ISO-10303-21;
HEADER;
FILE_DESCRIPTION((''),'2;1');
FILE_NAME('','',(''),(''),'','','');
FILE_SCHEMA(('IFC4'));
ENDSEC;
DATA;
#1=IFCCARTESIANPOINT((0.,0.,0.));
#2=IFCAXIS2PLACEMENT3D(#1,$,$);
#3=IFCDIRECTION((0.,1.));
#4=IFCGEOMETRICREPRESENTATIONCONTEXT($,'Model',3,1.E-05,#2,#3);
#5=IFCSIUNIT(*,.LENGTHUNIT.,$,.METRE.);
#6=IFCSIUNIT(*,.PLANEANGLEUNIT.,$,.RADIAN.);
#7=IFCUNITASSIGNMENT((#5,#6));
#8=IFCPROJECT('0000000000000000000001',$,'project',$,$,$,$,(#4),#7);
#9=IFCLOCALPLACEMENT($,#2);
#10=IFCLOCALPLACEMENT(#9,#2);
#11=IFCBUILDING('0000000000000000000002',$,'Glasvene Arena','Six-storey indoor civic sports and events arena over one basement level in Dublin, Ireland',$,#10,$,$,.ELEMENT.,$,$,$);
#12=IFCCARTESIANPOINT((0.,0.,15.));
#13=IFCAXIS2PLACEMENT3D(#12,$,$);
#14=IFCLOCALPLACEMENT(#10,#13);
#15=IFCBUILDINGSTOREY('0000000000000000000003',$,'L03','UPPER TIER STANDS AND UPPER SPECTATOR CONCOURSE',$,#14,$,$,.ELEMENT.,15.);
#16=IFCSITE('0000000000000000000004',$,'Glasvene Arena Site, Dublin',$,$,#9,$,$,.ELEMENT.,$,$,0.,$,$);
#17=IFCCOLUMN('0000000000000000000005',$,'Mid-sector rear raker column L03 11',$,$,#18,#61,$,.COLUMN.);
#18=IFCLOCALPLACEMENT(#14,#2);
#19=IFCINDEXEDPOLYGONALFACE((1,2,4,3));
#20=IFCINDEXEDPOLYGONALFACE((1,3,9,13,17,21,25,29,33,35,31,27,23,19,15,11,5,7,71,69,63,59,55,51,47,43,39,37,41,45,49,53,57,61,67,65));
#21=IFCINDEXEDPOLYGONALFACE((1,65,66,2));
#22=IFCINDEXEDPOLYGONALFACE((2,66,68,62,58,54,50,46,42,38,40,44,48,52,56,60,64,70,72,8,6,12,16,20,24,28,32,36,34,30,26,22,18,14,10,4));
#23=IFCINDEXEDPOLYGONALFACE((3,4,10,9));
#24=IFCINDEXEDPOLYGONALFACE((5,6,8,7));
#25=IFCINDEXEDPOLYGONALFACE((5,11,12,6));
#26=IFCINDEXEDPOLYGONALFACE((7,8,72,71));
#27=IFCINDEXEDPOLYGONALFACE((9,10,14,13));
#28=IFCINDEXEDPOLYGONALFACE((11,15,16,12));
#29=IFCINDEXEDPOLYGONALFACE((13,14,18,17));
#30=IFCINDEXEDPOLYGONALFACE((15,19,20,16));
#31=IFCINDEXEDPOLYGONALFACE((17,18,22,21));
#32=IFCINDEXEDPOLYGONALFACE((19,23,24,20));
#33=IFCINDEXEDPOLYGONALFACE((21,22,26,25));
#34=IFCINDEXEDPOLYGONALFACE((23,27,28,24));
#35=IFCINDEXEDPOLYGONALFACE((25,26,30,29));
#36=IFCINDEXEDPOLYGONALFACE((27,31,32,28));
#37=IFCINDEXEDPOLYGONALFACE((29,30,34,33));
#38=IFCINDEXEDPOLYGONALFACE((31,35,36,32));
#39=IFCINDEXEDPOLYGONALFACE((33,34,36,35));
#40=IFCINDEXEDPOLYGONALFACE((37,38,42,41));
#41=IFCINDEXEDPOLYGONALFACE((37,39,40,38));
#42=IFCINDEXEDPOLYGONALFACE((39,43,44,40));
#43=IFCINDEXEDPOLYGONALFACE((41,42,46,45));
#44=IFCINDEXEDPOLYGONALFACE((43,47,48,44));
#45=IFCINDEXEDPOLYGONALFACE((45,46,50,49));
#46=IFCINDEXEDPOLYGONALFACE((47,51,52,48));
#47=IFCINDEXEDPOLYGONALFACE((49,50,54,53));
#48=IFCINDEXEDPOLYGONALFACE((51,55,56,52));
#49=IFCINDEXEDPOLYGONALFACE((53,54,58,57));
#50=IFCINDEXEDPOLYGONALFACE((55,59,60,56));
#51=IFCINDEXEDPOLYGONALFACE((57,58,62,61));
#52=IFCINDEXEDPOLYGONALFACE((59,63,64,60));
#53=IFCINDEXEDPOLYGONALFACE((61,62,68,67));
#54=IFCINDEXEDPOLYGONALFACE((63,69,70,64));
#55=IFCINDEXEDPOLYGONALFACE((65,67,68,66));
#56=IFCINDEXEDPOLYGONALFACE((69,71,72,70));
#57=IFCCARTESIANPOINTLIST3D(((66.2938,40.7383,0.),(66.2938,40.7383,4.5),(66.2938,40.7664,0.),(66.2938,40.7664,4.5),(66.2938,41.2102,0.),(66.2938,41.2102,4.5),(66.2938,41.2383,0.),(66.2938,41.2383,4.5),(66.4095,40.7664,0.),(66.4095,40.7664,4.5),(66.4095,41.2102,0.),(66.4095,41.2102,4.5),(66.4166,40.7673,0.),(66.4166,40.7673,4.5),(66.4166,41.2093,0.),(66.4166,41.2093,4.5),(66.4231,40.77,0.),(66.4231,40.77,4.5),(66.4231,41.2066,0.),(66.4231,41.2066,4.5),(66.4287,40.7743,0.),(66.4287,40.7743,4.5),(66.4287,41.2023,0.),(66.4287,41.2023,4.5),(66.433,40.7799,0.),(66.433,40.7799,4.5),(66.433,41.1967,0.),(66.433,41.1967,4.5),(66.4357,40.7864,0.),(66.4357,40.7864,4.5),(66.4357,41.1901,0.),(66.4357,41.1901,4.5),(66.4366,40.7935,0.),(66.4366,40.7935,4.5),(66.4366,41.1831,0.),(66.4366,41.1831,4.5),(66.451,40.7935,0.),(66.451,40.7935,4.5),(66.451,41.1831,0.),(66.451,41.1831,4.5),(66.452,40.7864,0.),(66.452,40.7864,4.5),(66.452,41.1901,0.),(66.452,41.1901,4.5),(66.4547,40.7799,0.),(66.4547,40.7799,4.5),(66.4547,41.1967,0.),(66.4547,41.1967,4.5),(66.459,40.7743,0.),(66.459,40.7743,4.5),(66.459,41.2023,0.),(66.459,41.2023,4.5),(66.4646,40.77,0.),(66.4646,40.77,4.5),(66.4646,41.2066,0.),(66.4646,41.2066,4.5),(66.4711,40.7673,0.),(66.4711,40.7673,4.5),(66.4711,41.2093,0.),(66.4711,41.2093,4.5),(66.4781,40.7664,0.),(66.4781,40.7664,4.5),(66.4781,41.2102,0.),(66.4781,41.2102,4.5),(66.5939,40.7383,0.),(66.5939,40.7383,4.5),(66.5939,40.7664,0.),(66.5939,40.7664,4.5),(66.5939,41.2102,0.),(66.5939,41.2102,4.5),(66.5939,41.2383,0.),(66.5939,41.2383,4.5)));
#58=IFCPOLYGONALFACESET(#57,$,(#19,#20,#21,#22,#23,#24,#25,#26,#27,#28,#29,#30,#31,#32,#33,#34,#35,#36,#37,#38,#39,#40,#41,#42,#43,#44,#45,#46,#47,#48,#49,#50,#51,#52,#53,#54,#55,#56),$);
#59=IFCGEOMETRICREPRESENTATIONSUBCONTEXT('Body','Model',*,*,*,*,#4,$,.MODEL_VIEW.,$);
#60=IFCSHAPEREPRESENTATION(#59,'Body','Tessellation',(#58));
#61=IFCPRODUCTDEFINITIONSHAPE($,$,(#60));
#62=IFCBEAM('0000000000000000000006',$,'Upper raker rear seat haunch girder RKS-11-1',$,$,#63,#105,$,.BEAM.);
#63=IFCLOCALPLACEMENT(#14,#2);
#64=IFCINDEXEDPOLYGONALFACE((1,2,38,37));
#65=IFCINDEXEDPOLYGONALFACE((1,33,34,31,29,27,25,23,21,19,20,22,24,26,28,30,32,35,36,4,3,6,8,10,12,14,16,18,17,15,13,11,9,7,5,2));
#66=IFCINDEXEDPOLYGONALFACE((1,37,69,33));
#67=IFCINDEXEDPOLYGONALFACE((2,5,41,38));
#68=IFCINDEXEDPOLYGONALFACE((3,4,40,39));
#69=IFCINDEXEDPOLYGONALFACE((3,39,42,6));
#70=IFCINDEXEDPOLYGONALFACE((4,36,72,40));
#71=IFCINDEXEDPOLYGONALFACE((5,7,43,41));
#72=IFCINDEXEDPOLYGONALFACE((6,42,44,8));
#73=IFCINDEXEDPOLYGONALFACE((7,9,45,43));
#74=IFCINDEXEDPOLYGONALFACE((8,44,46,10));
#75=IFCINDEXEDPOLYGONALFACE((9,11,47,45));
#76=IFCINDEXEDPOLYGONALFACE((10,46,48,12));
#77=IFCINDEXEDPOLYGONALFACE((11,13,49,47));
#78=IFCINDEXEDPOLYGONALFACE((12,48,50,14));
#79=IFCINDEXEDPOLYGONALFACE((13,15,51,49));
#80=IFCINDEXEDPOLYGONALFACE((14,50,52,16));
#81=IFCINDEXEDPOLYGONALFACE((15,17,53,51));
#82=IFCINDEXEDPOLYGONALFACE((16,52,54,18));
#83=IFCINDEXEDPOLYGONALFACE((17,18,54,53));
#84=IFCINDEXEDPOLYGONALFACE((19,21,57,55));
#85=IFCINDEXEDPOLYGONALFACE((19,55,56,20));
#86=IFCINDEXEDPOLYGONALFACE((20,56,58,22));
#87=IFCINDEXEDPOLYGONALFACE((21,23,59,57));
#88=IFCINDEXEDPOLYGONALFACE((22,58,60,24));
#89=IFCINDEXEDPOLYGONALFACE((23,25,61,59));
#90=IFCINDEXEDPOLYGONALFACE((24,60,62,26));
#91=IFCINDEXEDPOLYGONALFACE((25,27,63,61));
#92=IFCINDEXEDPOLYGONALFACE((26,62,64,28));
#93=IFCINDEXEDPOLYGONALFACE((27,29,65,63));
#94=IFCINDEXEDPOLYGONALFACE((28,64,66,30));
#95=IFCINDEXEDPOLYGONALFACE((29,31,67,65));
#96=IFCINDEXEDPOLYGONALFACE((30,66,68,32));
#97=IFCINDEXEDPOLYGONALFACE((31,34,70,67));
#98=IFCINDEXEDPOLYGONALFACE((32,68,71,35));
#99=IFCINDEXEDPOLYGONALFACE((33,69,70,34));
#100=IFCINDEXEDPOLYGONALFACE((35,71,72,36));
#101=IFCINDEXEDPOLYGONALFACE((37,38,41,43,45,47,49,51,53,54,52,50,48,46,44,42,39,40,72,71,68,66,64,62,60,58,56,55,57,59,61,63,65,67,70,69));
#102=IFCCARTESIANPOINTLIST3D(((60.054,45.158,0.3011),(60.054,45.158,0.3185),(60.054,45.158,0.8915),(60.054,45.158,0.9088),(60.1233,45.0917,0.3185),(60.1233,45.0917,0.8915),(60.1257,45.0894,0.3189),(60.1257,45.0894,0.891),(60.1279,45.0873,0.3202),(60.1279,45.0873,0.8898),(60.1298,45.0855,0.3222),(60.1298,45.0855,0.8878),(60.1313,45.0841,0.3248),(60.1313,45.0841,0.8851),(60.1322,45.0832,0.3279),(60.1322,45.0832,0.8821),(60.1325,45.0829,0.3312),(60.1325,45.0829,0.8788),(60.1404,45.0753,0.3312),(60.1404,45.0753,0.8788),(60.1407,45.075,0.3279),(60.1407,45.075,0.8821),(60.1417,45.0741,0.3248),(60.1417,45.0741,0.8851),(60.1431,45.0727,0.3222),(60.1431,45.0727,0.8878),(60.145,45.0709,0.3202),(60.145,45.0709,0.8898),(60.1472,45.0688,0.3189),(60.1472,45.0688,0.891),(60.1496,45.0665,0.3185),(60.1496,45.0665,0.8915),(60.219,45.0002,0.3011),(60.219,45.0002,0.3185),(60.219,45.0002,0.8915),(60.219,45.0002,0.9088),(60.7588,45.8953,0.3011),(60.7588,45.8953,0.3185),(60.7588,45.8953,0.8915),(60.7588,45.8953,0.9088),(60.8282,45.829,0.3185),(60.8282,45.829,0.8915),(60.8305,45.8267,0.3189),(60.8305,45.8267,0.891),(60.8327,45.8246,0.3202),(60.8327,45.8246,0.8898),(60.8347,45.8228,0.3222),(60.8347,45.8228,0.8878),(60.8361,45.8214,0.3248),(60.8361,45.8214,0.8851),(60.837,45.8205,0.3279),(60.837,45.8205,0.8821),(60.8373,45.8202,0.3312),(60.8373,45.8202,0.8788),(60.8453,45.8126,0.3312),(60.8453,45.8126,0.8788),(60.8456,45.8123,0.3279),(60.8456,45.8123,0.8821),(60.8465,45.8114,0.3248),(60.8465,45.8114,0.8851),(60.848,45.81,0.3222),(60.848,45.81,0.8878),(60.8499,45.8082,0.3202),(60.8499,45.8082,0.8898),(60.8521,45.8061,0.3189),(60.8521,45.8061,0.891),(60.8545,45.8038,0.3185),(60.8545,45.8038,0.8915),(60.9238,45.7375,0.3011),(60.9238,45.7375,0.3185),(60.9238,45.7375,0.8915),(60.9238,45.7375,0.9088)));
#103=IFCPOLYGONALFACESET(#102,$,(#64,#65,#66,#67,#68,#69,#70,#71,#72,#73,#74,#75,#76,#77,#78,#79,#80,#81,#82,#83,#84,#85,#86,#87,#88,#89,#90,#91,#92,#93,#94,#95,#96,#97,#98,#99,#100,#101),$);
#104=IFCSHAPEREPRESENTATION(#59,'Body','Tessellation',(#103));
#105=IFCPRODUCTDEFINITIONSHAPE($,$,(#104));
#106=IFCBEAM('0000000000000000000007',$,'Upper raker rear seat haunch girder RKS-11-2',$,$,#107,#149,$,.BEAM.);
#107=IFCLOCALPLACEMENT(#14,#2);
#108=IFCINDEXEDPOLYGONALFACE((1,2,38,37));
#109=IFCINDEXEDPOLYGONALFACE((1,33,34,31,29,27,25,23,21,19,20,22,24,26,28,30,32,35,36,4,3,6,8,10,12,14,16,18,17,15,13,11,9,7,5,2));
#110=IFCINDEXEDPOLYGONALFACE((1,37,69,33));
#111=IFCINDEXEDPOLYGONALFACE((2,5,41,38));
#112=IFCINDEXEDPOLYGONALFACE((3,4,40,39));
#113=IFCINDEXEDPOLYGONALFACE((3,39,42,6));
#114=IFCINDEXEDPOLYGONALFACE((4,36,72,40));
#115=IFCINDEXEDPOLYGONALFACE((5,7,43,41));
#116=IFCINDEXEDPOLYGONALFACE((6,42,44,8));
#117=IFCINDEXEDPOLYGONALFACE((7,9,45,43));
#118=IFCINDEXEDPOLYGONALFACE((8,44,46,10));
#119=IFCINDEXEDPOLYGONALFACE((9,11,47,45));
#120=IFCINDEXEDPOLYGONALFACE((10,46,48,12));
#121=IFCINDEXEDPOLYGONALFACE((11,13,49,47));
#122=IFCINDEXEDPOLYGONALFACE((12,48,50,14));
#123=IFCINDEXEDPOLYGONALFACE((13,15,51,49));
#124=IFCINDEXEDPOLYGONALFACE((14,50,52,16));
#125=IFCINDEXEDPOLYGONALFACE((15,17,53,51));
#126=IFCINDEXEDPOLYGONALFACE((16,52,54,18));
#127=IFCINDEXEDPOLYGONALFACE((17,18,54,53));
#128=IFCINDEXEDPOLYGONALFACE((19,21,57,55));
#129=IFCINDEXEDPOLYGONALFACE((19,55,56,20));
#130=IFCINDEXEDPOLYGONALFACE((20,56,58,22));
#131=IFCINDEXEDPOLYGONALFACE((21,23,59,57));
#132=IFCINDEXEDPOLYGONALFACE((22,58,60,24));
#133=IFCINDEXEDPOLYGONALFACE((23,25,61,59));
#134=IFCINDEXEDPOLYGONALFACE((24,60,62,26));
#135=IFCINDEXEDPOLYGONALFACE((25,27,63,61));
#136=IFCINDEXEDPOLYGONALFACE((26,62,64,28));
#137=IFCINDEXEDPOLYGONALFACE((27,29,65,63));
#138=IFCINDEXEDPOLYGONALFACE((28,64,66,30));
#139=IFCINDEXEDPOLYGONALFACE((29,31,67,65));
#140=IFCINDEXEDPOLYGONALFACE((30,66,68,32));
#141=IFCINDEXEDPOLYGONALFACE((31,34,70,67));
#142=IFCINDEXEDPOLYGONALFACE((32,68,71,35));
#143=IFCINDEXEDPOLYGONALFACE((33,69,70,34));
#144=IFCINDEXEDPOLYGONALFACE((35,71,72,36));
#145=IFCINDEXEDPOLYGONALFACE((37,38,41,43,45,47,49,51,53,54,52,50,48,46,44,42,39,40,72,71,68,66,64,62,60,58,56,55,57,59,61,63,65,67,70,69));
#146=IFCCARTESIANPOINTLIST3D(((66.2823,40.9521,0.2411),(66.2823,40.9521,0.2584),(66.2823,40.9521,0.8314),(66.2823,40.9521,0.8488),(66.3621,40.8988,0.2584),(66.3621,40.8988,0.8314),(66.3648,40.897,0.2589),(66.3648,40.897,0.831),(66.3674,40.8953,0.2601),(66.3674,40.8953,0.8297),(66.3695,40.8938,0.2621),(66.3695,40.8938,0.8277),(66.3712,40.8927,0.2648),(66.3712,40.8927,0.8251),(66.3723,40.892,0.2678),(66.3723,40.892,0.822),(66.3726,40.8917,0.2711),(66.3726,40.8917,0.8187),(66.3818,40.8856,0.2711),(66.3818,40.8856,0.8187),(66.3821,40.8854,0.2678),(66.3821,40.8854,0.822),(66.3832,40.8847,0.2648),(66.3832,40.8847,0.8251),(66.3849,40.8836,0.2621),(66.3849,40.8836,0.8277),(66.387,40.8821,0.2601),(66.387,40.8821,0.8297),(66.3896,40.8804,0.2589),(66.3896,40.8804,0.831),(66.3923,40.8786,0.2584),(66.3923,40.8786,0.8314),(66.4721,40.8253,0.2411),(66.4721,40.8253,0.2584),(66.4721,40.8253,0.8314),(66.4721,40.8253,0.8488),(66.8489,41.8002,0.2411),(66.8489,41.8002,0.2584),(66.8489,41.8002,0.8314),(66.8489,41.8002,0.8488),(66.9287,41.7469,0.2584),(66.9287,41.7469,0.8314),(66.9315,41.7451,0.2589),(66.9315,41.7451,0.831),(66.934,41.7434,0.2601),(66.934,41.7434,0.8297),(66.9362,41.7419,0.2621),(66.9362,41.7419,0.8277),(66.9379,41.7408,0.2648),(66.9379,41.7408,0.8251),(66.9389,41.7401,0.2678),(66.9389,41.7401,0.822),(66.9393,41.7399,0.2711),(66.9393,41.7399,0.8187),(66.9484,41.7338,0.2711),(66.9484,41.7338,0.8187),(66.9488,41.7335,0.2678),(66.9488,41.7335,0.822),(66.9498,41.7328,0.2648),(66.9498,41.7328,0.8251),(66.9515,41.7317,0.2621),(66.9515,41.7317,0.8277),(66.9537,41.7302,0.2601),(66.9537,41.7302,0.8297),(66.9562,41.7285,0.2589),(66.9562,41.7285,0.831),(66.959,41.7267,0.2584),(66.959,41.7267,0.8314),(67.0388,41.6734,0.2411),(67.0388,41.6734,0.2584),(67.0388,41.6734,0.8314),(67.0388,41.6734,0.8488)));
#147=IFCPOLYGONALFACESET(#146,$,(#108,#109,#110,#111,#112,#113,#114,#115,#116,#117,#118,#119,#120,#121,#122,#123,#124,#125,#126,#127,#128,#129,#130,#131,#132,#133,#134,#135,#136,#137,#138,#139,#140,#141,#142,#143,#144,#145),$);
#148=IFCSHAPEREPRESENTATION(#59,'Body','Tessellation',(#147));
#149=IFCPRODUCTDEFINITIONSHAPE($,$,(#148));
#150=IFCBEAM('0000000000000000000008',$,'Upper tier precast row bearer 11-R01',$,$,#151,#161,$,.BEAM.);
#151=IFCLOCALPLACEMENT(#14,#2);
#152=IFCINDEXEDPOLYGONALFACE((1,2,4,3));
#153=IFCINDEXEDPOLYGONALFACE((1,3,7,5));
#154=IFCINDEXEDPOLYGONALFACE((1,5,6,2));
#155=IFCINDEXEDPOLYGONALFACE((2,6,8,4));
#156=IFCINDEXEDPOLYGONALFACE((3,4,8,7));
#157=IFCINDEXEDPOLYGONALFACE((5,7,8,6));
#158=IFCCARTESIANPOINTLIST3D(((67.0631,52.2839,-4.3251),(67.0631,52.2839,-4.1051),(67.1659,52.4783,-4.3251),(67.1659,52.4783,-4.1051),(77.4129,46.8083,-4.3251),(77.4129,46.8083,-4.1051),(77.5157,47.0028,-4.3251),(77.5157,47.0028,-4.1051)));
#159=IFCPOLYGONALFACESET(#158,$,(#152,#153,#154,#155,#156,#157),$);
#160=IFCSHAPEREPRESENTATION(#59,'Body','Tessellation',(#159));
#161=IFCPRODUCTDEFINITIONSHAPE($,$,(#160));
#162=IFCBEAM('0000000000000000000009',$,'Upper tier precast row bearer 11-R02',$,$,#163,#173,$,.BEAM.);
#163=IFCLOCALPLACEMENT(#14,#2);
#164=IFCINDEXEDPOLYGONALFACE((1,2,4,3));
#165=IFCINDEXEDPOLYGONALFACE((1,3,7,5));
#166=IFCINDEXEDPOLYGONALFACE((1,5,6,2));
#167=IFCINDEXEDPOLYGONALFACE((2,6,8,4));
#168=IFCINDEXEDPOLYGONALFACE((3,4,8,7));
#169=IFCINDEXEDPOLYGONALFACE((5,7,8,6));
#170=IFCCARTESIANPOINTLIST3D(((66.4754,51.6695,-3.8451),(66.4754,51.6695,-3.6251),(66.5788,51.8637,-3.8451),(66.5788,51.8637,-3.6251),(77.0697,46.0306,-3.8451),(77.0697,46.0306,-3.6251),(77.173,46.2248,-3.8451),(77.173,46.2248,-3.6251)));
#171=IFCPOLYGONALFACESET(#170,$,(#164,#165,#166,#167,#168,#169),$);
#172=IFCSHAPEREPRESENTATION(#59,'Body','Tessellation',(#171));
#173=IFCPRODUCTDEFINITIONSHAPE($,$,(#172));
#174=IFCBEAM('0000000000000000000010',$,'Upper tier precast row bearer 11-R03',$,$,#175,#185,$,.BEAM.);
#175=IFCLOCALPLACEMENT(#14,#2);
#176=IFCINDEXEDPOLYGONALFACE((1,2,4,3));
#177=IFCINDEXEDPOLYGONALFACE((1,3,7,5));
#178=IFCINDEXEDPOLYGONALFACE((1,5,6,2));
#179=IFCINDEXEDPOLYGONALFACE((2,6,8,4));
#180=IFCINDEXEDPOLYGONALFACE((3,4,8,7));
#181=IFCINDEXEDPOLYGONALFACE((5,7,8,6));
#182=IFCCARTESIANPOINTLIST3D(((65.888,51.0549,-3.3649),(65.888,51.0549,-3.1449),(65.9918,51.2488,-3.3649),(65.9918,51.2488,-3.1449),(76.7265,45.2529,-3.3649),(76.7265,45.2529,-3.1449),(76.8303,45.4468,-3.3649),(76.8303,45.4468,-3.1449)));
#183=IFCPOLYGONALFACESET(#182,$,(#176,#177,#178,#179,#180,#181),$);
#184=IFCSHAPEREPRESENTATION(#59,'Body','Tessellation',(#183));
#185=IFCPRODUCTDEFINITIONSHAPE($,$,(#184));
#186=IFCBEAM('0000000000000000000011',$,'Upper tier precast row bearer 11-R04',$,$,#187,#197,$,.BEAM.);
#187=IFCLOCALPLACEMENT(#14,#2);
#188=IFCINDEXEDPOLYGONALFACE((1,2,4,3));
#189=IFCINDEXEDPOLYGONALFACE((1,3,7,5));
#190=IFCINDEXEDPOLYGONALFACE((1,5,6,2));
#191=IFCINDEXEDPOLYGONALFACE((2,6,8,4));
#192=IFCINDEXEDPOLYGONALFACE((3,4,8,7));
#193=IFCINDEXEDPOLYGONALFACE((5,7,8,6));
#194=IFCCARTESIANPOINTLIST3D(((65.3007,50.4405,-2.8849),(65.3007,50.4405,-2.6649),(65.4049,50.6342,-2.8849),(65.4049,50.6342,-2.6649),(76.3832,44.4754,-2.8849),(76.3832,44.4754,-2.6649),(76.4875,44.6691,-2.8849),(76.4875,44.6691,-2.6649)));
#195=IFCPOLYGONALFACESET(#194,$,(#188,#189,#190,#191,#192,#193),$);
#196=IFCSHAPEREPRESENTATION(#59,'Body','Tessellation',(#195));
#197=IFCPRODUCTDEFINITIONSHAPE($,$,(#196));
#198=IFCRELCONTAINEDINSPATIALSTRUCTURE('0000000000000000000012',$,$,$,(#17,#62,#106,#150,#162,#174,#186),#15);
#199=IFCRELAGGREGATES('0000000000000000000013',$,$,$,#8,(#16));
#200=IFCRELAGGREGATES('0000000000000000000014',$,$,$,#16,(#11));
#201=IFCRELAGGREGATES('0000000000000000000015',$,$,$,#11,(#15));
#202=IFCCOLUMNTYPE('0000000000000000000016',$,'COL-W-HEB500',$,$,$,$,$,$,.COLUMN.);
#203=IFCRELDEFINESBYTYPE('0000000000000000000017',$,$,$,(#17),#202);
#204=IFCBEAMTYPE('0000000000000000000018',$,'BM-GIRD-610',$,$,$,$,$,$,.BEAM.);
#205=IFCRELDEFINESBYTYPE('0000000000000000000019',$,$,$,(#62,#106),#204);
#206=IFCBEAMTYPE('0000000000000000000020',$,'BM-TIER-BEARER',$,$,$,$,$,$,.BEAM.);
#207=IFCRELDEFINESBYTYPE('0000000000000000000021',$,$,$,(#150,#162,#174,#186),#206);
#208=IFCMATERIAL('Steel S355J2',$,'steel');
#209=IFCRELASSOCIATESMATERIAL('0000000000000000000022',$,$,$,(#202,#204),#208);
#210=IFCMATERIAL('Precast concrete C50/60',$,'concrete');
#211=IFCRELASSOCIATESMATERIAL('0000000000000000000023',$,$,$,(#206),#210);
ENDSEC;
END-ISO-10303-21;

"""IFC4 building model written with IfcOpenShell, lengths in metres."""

from ifc_helpers import new_model, si_unit, direction, frame, origin, origin_2d, place, context, subcontext, project, spatial, rectangle, i_section, extrude, material, material_profile, profile_set, type_object, element, save


model = new_model("IFC4")

# Units and contexts
model_context = context("Model", 3, precision=1e-05, world=origin(), true_north=direction((0.0, 1.0)))
body_context = subcontext(model_context, "Body", "Model", "MODEL_VIEW")
ifc_project = project(units=[si_unit("LENGTHUNIT", "METRE"), si_unit("PLANEANGLEUNIT", "RADIAN")], contexts=[model_context])

# Site, building, storey
site_placement = place(None, origin())
site = spatial("IfcSite", under=ifc_project, at=site_placement, Name="Glasvene Arena Site, Dublin", CompositionType="ELEMENT", RefElevation=0.0)
building_placement = place(site_placement, origin())
building = spatial("IfcBuilding", under=site, at=building_placement, Name="Glasvene Arena", Description="Six-storey indoor civic sports and events arena over one basement level in Dublin, Ireland", CompositionType="ELEMENT")
storey_placement = place(building_placement, frame((0.0, 0.0, 15.0)))
storey = spatial("IfcBuildingStorey", under=building, at=storey_placement, Name="L03", Description="UPPER TIER STANDS AND UPPER SPECTATOR CONCOURSE", CompositionType="ELEMENT", Elevation=15.0)

# Column
ifc_material_1 = material(Name="Steel S355J2", Category="steel")
ifc_material_profile_1 = material_profile(ifc_material_1, i_section(OverallWidth=0.3, OverallDepth=0.5, WebThickness=0.0144, FlangeThickness=0.0281, FilletRadius=0.0271, at=origin_2d()), Name="HEB 500")
ifc_profile_set_1 = profile_set([ifc_material_profile_1], Name="Steel S355J2")
column_type = type_object("IfcColumnType", Name="COL-W-HEB500", PredefinedType="COLUMN", material=ifc_profile_set_1)
column_placement = place(storey_placement, frame((66.4438, 40.9883, 0.0), z_axis=(0.0, 0.0, 1.0), x_axis=(1.0, 0.0, 0.0)))
element("IfcColumn", 1, at=column_placement, inside=storey, type_object=column_type, Name="Mid-sector rear raker column L03 11", PredefinedType="COLUMN", context=body_context, shape_type="SweptSolid", body=[
    extrude(i_section(OverallWidth=0.3, OverallDepth=0.5, WebThickness=0.0144, FlangeThickness=0.0281, FilletRadius=0.0271, at=origin_2d()), origin(), (0.0, 0.0, 1.0), 4.5),
])

# Beams
ifc_material_profile_2 = material_profile(ifc_material_1, i_section(OverallWidth=0.2283, OverallDepth=0.6077, WebThickness=0.011, FlangeThickness=0.0173, FilletRadius=0.0127, at=origin_2d()), Name="UKB 610x229x113")
ifc_profile_set_2 = profile_set([ifc_material_profile_2], Name="Steel S355J2")
beam_type_1 = type_object("IfcBeamType", Name="BM-GIRD-610", PredefinedType="BEAM", material=ifc_profile_set_2)
for number, where, z_axis, x_axis, name in (
    (2, (60.8413, 45.8164, 0.605), (-0.691011, -0.722845, 0.0), (0.722845, -0.691011, 0.0), "Upper raker rear seat haunch girder RKS-11-1"),
    (3, (66.9438, 41.7368, 0.5449), (-0.555528, -0.831498, 0.0), (0.831498, -0.555528, 0.0), "Upper raker rear seat haunch girder RKS-11-2"),
):
    element("IfcBeam", number, at=place(storey_placement, frame(where, z_axis=z_axis, x_axis=x_axis)), inside=storey, type_object=beam_type_1, Name=name, PredefinedType="BEAM", context=body_context, shape_type="SweptSolid", body=[
        extrude(i_section(OverallWidth=0.2283, OverallDepth=0.6077, WebThickness=0.011, FlangeThickness=0.0173, FilletRadius=0.0127, at=origin_2d()), origin(), (0.0, 0.0, 1.0), 1.02),
    ])
ifc_material_2 = material(Name="Precast concrete C50/60", Category="concrete")
ifc_material_profile_3 = material_profile(ifc_material_2, rectangle(XDim=0.22, YDim=0.22, at=origin_2d()), Name="RC 220x220")
ifc_profile_set_3 = profile_set([ifc_material_profile_3], Name="Precast concrete C50/60")
beam_type_2 = type_object("IfcBeamType", Name="BM-TIER-BEARER", PredefinedType="BEAM", material=ifc_profile_set_3)
beam_1_placement = place(storey_placement, frame((67.1145, 52.3811, -4.2151), z_axis=(0.88392, -0.467638, 0.0), x_axis=(0.467638, 0.88392, 0.0)))
element("IfcBeam", 4, at=beam_1_placement, inside=storey, type_object=beam_type_2, Name="Upper tier precast row bearer 11-R01", PredefinedType="BEAM", context=body_context, shape_type="SweptSolid", body=[
    extrude(rectangle(XDim=0.22, YDim=0.22, at=origin_2d()), origin(), (0.0, 0.0, 1.0), 11.709),
])
beam_2_placement = place(storey_placement, frame((66.5271, 51.7666, -3.7351), z_axis=(0.882745, -0.469852, 0.0), x_axis=(0.469852, 0.882745, 0.0)))
element("IfcBeam", 5, at=beam_2_placement, inside=storey, type_object=beam_type_2, Name="Upper tier precast row bearer 11-R02", PredefinedType="BEAM", context=body_context, shape_type="SweptSolid", body=[
    extrude(rectangle(XDim=0.22, YDim=0.22, at=origin_2d()), origin(), (0.0, 0.0, 1.0), 12.0015),
])
beam_3_placement = place(storey_placement, frame((65.9399, 51.1519, -3.2549), z_axis=(0.881625, -0.471951, 0.0), x_axis=(0.471951, 0.881625, 0.0)))
element("IfcBeam", 6, at=beam_3_placement, inside=storey, type_object=beam_type_2, Name="Upper tier precast row bearer 11-R03", PredefinedType="BEAM", context=body_context, shape_type="SweptSolid", body=[
    extrude(rectangle(XDim=0.22, YDim=0.22, at=origin_2d()), origin(), (0.0, 0.0, 1.0), 12.2937),
])
beam_4_placement = place(storey_placement, frame((65.3528, 50.5374, -2.7749), z_axis=(0.880551, -0.473951, 0.0), x_axis=(0.473951, 0.880551, 0.0)))
element("IfcBeam", 7, at=beam_4_placement, inside=storey, type_object=beam_type_2, Name="Upper tier precast row bearer 11-R04", PredefinedType="BEAM", context=body_context, shape_type="SweptSolid", body=[
    extrude(rectangle(XDim=0.22, YDim=0.22, at=origin_2d()), origin(), (0.0, 0.0, 1.0), 12.5859),
])

save(model, "model.ifc")
